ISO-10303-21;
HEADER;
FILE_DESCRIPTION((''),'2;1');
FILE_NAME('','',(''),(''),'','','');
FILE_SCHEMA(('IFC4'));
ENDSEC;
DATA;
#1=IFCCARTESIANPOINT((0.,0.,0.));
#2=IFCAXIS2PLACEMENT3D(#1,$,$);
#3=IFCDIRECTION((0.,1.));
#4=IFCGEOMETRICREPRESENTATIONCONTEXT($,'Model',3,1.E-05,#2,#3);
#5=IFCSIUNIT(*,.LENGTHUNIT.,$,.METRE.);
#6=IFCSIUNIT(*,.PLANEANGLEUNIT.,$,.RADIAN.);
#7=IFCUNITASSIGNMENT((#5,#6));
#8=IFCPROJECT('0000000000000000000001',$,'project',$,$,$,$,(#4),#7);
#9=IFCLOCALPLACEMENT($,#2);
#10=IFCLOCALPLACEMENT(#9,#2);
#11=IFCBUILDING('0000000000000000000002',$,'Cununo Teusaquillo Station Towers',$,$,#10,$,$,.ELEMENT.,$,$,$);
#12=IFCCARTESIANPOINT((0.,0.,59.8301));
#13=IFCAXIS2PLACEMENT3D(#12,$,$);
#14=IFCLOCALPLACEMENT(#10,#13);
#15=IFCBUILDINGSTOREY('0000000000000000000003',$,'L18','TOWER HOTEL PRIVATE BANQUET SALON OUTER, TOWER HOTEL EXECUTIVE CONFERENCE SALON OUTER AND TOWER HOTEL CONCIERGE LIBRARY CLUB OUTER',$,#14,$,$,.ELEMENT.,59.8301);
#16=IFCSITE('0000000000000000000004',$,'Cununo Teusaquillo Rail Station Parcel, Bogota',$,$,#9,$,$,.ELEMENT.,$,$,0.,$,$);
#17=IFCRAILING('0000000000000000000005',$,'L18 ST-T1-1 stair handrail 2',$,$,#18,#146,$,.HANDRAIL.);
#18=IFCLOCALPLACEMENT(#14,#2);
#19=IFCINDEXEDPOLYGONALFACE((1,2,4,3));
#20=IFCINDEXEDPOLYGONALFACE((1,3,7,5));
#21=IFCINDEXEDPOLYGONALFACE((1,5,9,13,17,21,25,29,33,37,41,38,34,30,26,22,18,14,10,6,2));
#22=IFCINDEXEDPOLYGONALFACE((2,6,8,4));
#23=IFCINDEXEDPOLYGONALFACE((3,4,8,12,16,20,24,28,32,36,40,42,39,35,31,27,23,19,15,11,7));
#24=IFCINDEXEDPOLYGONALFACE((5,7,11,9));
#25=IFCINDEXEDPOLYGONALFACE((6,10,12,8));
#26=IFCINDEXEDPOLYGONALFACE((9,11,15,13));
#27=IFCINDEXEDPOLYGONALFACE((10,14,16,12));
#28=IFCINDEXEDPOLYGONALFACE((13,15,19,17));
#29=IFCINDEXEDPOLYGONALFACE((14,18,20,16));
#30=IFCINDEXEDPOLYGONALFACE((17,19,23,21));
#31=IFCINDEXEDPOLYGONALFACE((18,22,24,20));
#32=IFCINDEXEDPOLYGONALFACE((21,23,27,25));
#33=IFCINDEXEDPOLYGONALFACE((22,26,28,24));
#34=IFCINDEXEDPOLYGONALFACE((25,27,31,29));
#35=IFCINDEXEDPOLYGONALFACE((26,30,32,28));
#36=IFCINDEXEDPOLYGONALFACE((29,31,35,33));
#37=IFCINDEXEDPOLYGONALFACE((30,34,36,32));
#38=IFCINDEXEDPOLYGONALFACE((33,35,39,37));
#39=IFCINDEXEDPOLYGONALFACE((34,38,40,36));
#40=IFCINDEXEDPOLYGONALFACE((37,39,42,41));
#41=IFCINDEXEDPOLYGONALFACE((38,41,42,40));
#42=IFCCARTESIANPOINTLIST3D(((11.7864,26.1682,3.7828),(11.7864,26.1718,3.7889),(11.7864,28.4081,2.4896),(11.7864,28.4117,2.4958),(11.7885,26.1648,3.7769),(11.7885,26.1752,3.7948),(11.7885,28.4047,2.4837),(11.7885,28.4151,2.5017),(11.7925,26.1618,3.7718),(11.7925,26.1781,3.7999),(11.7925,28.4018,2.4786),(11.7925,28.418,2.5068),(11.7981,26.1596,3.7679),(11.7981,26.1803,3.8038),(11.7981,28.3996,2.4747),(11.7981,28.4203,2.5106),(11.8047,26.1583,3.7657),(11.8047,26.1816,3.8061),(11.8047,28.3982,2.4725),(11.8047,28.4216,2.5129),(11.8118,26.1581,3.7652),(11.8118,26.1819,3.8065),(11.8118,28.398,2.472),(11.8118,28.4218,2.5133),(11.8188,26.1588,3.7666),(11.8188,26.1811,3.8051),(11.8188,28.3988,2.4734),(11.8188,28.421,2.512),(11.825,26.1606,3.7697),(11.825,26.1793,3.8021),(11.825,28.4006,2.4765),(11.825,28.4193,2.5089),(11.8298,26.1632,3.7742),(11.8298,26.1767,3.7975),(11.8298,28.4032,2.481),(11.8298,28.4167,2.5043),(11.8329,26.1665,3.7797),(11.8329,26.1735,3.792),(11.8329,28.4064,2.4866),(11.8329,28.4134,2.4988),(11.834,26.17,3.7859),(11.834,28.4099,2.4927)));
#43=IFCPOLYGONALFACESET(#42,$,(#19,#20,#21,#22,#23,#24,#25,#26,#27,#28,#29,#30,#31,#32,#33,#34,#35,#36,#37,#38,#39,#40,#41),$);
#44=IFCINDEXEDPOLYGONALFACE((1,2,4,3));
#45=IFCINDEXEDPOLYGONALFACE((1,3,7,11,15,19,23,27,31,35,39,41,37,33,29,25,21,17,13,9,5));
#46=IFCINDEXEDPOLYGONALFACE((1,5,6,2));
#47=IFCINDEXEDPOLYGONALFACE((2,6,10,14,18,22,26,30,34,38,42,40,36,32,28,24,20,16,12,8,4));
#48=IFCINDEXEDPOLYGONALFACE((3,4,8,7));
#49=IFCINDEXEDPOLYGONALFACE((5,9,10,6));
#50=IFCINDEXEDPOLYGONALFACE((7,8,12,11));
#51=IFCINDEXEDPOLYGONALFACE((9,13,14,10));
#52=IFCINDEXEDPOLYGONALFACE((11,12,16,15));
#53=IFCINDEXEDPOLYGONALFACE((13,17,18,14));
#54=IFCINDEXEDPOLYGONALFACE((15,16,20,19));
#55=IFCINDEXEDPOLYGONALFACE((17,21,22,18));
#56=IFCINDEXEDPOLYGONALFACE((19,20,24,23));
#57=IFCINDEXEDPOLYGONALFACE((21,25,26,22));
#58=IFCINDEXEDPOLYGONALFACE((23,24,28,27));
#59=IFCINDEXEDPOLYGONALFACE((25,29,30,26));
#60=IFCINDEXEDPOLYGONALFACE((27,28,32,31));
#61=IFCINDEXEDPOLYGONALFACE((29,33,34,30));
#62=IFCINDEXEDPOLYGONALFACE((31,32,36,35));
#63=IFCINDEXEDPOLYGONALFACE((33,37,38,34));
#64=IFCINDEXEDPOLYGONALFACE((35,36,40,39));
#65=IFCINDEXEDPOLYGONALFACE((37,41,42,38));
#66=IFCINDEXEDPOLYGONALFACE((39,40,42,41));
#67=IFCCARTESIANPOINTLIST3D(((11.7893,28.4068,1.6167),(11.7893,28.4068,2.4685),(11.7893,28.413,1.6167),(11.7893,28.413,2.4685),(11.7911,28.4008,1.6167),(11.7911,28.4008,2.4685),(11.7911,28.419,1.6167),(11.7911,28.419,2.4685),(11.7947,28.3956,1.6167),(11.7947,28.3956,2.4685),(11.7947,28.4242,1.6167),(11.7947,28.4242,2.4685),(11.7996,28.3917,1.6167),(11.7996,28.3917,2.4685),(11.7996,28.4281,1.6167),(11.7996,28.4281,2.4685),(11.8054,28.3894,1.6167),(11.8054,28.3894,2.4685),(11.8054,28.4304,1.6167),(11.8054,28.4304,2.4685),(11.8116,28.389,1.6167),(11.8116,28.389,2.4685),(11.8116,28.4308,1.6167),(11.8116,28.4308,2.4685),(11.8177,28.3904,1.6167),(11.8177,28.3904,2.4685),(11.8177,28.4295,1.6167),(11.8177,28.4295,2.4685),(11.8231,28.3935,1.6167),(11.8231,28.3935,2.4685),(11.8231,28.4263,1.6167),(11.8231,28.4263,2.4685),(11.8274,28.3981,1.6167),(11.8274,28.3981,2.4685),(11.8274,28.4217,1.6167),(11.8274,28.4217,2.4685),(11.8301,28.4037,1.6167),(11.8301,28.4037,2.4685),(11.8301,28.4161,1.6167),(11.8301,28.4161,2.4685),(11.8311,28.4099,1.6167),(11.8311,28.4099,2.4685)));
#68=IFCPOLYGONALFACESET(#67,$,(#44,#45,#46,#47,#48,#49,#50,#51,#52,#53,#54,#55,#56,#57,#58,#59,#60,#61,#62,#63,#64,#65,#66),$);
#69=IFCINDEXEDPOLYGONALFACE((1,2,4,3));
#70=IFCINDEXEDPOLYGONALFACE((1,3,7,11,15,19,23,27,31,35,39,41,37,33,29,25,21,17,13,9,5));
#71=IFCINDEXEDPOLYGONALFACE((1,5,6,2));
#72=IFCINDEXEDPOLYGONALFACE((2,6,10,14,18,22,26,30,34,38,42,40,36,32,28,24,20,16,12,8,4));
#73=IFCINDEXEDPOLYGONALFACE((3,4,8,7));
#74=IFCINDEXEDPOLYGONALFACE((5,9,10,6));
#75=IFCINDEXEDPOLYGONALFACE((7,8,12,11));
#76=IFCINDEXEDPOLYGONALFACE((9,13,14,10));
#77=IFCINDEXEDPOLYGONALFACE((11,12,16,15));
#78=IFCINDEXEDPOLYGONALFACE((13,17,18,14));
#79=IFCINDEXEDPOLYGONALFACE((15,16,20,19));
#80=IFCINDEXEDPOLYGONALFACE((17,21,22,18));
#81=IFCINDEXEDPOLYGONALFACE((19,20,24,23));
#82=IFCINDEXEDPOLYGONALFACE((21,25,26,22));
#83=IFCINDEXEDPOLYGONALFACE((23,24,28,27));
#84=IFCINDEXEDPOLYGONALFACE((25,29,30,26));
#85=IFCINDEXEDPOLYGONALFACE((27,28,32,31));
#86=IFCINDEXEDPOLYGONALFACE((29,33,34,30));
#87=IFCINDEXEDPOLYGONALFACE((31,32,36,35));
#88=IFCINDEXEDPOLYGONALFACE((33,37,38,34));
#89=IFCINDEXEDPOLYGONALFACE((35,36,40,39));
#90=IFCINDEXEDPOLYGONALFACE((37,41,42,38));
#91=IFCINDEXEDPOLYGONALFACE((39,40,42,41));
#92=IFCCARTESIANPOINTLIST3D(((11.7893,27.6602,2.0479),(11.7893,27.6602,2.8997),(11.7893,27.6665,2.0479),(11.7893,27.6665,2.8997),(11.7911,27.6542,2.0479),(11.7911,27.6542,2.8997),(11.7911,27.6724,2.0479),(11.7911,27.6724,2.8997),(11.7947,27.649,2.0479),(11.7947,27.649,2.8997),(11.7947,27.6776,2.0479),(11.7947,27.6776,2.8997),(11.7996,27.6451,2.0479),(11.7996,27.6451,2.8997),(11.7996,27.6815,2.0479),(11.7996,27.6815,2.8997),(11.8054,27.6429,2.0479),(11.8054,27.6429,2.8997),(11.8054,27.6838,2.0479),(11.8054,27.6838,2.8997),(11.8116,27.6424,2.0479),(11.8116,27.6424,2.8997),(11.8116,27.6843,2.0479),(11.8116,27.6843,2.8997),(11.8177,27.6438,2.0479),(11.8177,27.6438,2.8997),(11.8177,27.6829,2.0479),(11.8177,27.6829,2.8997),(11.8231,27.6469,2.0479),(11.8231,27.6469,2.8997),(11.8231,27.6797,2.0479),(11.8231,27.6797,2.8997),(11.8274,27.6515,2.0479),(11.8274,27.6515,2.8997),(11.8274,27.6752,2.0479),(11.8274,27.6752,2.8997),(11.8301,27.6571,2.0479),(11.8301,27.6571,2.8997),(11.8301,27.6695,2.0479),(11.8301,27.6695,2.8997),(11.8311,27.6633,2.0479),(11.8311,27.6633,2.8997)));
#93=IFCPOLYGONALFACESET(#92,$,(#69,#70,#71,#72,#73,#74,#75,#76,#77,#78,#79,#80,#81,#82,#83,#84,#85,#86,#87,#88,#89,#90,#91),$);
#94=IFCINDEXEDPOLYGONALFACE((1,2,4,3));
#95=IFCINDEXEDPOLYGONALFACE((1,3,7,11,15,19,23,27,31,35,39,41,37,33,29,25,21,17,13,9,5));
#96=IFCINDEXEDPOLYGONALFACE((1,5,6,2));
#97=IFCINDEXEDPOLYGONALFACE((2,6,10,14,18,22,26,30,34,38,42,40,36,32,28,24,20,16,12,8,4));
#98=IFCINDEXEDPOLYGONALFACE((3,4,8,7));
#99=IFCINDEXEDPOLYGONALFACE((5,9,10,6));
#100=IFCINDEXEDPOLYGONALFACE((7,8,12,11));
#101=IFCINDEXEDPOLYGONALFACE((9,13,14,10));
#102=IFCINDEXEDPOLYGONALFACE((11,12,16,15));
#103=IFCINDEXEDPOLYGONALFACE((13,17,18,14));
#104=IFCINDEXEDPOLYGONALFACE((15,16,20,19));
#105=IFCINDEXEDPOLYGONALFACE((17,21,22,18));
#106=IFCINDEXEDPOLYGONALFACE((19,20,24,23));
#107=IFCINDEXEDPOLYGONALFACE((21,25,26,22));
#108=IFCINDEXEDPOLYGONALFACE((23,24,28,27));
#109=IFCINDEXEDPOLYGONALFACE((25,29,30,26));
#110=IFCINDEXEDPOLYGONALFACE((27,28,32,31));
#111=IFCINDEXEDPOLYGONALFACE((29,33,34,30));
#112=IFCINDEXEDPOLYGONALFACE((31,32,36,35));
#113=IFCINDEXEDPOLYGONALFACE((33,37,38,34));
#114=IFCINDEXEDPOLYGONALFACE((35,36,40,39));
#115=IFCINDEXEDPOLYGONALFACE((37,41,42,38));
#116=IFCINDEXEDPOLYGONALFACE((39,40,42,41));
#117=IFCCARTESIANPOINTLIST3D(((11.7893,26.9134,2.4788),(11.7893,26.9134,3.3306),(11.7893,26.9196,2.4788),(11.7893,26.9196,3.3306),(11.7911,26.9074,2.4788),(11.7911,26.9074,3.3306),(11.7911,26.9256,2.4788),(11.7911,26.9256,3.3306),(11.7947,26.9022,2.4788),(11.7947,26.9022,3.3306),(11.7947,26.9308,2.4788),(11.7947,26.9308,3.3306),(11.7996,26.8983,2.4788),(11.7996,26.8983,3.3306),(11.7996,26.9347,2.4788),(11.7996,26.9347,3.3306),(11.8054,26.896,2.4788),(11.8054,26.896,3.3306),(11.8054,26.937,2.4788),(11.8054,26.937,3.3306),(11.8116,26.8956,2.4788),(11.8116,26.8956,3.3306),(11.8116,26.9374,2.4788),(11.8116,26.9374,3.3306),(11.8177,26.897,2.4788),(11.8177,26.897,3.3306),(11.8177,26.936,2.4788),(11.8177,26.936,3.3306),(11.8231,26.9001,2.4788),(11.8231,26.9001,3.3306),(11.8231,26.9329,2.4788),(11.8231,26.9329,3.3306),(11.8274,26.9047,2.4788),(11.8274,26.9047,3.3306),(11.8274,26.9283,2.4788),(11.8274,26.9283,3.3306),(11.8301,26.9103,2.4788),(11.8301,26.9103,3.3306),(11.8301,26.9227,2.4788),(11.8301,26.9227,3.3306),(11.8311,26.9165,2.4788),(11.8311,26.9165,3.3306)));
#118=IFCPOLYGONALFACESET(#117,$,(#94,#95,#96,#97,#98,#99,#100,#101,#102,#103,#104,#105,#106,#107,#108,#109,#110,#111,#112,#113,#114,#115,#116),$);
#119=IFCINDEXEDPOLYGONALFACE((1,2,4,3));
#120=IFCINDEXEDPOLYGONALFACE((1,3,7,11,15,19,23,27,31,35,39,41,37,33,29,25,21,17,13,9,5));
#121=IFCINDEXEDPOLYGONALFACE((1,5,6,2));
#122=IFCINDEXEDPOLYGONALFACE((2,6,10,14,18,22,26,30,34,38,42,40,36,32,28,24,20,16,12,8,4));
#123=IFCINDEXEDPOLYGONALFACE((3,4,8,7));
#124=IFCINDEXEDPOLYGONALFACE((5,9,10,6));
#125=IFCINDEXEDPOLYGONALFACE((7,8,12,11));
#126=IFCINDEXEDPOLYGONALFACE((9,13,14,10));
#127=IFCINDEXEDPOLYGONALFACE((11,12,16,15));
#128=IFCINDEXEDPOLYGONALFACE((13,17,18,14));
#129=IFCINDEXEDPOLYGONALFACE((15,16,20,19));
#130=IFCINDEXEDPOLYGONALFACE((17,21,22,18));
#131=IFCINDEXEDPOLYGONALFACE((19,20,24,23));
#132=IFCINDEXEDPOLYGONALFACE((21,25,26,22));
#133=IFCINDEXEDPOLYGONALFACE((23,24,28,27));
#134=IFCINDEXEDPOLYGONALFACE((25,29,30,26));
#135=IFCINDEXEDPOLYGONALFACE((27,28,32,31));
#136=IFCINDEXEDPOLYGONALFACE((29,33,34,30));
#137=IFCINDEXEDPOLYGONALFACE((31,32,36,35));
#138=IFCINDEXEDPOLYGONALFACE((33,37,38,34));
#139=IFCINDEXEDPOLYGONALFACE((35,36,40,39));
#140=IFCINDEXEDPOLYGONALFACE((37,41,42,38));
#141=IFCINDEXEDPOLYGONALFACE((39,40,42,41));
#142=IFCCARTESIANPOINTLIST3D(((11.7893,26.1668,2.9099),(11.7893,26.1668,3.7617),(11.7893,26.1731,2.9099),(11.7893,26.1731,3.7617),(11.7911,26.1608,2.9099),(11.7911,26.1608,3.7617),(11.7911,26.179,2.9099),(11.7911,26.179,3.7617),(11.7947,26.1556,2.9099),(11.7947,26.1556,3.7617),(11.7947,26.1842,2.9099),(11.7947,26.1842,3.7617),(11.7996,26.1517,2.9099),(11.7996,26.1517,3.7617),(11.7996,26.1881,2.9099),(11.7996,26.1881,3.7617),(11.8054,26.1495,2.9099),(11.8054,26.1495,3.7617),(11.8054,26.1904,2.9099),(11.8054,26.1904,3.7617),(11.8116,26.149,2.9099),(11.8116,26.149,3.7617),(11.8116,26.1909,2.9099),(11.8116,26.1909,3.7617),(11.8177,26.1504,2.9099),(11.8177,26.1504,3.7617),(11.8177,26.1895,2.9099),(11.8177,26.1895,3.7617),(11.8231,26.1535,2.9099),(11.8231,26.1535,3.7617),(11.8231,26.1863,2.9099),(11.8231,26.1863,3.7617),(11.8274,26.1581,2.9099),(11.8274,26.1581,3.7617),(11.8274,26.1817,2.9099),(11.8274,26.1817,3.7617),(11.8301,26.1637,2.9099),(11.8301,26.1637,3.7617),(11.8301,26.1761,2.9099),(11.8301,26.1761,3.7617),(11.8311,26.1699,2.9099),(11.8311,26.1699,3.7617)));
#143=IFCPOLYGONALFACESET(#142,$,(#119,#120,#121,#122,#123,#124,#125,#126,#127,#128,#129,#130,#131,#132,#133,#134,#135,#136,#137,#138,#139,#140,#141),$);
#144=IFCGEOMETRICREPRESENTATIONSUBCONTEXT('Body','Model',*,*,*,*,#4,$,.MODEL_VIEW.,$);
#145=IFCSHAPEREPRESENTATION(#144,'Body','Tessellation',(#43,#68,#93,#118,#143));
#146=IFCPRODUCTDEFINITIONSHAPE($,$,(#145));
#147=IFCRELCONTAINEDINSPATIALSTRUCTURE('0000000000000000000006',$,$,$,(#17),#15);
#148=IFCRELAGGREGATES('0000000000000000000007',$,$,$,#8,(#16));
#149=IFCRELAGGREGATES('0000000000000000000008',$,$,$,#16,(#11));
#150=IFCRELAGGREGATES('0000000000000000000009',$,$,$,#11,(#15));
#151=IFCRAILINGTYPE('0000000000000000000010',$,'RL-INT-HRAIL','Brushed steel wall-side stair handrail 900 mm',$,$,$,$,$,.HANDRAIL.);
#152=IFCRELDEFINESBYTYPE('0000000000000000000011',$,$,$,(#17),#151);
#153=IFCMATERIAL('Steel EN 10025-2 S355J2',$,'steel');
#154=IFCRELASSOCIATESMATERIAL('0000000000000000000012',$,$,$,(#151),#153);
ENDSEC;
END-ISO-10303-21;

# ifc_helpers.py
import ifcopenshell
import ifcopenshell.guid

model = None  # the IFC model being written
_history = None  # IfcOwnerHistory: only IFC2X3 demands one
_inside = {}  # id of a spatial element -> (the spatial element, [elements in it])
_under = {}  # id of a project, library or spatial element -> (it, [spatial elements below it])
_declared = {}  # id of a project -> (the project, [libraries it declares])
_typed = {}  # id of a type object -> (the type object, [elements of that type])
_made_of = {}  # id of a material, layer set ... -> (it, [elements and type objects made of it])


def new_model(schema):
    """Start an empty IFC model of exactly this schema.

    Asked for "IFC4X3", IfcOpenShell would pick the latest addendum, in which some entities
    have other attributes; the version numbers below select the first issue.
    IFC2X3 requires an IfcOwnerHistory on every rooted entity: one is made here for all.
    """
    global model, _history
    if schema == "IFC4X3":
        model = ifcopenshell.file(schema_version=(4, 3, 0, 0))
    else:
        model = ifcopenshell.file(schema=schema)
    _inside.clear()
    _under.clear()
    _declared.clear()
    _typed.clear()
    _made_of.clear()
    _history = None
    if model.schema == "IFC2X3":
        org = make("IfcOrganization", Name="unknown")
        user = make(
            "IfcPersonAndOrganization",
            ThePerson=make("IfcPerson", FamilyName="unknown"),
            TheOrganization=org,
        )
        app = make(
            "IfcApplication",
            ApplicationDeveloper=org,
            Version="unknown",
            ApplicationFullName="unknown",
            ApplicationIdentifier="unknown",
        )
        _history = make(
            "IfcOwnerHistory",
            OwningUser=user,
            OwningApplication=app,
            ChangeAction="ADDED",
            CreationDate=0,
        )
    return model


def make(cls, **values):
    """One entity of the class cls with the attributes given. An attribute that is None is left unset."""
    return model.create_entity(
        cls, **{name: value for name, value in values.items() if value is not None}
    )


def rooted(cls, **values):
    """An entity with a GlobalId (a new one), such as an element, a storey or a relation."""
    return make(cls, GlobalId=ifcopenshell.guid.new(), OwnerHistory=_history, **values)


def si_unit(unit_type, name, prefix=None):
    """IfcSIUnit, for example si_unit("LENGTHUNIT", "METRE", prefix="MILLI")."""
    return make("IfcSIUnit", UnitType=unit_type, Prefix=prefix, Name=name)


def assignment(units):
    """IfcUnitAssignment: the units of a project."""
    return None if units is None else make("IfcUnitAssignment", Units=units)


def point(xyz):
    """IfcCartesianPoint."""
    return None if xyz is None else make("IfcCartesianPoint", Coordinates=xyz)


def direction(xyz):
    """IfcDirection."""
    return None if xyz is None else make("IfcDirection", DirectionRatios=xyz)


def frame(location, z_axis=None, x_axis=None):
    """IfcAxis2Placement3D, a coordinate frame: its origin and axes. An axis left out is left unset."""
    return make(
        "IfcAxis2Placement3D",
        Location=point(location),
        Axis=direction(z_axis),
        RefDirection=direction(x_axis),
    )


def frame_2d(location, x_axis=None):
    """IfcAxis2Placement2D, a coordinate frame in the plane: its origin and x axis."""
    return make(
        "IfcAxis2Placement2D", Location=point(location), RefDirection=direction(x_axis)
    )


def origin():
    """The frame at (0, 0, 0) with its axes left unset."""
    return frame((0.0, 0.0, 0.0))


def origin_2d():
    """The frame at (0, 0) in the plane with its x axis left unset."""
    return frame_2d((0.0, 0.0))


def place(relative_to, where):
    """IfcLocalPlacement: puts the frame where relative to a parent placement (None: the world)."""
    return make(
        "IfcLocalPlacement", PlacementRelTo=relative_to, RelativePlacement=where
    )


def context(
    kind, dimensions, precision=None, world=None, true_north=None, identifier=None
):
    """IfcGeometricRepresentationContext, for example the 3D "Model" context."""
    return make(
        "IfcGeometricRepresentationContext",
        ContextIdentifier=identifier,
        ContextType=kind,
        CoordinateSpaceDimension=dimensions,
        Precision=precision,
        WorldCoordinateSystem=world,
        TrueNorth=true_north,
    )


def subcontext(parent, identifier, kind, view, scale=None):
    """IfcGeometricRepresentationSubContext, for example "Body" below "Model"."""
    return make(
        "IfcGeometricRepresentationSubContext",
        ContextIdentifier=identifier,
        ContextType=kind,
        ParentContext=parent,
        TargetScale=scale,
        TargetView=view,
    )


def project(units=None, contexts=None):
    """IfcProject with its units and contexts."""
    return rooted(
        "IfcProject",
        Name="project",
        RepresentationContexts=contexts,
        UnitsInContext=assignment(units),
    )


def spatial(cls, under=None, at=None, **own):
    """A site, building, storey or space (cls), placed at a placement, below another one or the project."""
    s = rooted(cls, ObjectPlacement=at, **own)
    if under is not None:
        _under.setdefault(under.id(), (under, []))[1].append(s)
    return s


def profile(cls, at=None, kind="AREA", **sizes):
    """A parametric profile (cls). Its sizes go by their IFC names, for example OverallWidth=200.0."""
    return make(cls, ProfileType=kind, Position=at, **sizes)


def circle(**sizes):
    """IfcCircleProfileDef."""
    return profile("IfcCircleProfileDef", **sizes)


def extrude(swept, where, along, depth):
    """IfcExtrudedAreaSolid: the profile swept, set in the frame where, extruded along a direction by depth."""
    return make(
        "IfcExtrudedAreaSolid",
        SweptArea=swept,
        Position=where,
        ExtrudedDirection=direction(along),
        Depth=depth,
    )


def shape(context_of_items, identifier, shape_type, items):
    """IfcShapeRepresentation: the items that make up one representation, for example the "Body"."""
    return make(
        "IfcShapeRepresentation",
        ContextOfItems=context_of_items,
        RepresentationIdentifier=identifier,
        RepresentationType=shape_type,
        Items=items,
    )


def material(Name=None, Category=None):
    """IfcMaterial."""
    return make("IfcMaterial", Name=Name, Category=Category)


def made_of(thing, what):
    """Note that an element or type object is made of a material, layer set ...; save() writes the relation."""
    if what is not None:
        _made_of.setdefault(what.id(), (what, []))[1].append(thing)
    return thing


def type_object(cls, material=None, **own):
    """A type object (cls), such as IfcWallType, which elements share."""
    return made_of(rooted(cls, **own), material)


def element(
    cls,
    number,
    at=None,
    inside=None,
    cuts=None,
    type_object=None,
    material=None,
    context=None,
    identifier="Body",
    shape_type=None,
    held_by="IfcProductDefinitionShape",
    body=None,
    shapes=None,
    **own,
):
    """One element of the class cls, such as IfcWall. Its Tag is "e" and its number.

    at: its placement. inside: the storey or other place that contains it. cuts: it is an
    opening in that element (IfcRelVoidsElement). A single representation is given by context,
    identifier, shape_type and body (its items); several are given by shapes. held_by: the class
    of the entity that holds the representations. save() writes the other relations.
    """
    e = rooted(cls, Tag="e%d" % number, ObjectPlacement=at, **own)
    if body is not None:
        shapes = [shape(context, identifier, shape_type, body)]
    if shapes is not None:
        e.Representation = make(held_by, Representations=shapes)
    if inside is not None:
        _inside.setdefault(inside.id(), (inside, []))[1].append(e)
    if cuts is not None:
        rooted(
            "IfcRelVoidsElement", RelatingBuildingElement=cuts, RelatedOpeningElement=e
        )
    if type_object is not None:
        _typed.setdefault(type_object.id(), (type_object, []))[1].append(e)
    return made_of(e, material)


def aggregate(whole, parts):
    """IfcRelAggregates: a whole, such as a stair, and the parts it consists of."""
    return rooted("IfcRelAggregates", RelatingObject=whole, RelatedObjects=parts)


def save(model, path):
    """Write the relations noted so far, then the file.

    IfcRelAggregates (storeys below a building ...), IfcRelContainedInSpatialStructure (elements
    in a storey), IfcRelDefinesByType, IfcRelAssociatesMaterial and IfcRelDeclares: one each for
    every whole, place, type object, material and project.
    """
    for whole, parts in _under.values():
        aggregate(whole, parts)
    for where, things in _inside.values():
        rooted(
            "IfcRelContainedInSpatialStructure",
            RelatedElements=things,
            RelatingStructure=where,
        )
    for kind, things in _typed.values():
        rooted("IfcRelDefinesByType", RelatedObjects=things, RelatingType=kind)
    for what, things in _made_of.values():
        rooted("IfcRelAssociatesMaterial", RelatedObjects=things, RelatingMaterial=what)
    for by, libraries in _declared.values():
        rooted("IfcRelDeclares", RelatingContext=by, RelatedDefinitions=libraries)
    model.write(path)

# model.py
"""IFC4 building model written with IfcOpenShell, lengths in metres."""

from ifc_helpers import new_model, si_unit, direction, frame, origin, origin_2d, place, context, subcontext, project, spatial, circle, extrude, material, type_object, element, save


model = new_model("IFC4")

# Units and contexts
model_context = context("Model", 3, precision=1e-05, world=origin(), true_north=direction((0.0, 1.0)))
body_context = subcontext(model_context, "Body", "Model", "MODEL_VIEW")
ifc_project = project(units=[si_unit("LENGTHUNIT", "METRE"), si_unit("PLANEANGLEUNIT", "RADIAN")], contexts=[model_context])

# Site, building, storey
site_placement = place(None, origin())
site = spatial("IfcSite", under=ifc_project, at=site_placement, Name="Cununo Teusaquillo Rail Station Parcel, Bogota", CompositionType="ELEMENT", RefElevation=0.0)
building_placement = place(site_placement, origin())
building = spatial("IfcBuilding", under=site, at=building_placement, Name="Cununo Teusaquillo Station Towers", CompositionType="ELEMENT")
storey_placement = place(building_placement, frame((0.0, 0.0, 59.8301)))
storey = spatial("IfcBuildingStorey", under=building, at=storey_placement, Name="L18", Description="TOWER HOTEL PRIVATE BANQUET SALON OUTER, TOWER HOTEL EXECUTIVE CONFERENCE SALON OUTER AND TOWER HOTEL CONCIERGE LIBRARY CLUB OUTER", CompositionType="ELEMENT", Elevation=59.8301)

# Railing
ifc_material_1 = material(Name="Steel EN 10025-2 S355J2", Category="steel")
railing_type_1 = type_object("IfcRailingType", Name="RL-INT-HRAIL", Description="Brushed steel wall-side stair handrail 900 mm", PredefinedType="HANDRAIL", material=ifc_material_1)
railing_1_placement = place(storey_placement, frame((11.8101, 28.4099, 1.6167)))
element("IfcRailing", 1, at=railing_1_placement, inside=storey, type_object=railing_type_1, Name="L18 ST-T1-1 stair handrail 2", PredefinedType="HANDRAIL", context=body_context, shape_type="SweptSolid", body=[
    extrude(circle(Radius=0.0239, at=origin_2d()), frame((0.0, 0.0, 0.876), z_axis=(0.0, -0.866033, 0.499987), x_axis=(1.0, 0.0, 0.0)), (0.0, 0.0, 1.0), 2.5864),
    extrude(circle(Radius=0.021, at=origin_2d()), origin(), (0.0, 0.0, 1.0), 0.8518),
    extrude(circle(Radius=0.021, at=origin_2d()), frame((0.0, -0.7466, 0.4312)), (0.0, 0.0, 1.0), 0.8518),
    extrude(circle(Radius=0.021, at=origin_2d()), frame((0.0, -1.4934, 0.8621)), (0.0, 0.0, 1.0), 0.8518),
    extrude(circle(Radius=0.021, at=origin_2d()), frame((0.0, -2.24, 1.2932)), (0.0, 0.0, 1.0), 0.8518),
])

save(model, "model.ifc")
